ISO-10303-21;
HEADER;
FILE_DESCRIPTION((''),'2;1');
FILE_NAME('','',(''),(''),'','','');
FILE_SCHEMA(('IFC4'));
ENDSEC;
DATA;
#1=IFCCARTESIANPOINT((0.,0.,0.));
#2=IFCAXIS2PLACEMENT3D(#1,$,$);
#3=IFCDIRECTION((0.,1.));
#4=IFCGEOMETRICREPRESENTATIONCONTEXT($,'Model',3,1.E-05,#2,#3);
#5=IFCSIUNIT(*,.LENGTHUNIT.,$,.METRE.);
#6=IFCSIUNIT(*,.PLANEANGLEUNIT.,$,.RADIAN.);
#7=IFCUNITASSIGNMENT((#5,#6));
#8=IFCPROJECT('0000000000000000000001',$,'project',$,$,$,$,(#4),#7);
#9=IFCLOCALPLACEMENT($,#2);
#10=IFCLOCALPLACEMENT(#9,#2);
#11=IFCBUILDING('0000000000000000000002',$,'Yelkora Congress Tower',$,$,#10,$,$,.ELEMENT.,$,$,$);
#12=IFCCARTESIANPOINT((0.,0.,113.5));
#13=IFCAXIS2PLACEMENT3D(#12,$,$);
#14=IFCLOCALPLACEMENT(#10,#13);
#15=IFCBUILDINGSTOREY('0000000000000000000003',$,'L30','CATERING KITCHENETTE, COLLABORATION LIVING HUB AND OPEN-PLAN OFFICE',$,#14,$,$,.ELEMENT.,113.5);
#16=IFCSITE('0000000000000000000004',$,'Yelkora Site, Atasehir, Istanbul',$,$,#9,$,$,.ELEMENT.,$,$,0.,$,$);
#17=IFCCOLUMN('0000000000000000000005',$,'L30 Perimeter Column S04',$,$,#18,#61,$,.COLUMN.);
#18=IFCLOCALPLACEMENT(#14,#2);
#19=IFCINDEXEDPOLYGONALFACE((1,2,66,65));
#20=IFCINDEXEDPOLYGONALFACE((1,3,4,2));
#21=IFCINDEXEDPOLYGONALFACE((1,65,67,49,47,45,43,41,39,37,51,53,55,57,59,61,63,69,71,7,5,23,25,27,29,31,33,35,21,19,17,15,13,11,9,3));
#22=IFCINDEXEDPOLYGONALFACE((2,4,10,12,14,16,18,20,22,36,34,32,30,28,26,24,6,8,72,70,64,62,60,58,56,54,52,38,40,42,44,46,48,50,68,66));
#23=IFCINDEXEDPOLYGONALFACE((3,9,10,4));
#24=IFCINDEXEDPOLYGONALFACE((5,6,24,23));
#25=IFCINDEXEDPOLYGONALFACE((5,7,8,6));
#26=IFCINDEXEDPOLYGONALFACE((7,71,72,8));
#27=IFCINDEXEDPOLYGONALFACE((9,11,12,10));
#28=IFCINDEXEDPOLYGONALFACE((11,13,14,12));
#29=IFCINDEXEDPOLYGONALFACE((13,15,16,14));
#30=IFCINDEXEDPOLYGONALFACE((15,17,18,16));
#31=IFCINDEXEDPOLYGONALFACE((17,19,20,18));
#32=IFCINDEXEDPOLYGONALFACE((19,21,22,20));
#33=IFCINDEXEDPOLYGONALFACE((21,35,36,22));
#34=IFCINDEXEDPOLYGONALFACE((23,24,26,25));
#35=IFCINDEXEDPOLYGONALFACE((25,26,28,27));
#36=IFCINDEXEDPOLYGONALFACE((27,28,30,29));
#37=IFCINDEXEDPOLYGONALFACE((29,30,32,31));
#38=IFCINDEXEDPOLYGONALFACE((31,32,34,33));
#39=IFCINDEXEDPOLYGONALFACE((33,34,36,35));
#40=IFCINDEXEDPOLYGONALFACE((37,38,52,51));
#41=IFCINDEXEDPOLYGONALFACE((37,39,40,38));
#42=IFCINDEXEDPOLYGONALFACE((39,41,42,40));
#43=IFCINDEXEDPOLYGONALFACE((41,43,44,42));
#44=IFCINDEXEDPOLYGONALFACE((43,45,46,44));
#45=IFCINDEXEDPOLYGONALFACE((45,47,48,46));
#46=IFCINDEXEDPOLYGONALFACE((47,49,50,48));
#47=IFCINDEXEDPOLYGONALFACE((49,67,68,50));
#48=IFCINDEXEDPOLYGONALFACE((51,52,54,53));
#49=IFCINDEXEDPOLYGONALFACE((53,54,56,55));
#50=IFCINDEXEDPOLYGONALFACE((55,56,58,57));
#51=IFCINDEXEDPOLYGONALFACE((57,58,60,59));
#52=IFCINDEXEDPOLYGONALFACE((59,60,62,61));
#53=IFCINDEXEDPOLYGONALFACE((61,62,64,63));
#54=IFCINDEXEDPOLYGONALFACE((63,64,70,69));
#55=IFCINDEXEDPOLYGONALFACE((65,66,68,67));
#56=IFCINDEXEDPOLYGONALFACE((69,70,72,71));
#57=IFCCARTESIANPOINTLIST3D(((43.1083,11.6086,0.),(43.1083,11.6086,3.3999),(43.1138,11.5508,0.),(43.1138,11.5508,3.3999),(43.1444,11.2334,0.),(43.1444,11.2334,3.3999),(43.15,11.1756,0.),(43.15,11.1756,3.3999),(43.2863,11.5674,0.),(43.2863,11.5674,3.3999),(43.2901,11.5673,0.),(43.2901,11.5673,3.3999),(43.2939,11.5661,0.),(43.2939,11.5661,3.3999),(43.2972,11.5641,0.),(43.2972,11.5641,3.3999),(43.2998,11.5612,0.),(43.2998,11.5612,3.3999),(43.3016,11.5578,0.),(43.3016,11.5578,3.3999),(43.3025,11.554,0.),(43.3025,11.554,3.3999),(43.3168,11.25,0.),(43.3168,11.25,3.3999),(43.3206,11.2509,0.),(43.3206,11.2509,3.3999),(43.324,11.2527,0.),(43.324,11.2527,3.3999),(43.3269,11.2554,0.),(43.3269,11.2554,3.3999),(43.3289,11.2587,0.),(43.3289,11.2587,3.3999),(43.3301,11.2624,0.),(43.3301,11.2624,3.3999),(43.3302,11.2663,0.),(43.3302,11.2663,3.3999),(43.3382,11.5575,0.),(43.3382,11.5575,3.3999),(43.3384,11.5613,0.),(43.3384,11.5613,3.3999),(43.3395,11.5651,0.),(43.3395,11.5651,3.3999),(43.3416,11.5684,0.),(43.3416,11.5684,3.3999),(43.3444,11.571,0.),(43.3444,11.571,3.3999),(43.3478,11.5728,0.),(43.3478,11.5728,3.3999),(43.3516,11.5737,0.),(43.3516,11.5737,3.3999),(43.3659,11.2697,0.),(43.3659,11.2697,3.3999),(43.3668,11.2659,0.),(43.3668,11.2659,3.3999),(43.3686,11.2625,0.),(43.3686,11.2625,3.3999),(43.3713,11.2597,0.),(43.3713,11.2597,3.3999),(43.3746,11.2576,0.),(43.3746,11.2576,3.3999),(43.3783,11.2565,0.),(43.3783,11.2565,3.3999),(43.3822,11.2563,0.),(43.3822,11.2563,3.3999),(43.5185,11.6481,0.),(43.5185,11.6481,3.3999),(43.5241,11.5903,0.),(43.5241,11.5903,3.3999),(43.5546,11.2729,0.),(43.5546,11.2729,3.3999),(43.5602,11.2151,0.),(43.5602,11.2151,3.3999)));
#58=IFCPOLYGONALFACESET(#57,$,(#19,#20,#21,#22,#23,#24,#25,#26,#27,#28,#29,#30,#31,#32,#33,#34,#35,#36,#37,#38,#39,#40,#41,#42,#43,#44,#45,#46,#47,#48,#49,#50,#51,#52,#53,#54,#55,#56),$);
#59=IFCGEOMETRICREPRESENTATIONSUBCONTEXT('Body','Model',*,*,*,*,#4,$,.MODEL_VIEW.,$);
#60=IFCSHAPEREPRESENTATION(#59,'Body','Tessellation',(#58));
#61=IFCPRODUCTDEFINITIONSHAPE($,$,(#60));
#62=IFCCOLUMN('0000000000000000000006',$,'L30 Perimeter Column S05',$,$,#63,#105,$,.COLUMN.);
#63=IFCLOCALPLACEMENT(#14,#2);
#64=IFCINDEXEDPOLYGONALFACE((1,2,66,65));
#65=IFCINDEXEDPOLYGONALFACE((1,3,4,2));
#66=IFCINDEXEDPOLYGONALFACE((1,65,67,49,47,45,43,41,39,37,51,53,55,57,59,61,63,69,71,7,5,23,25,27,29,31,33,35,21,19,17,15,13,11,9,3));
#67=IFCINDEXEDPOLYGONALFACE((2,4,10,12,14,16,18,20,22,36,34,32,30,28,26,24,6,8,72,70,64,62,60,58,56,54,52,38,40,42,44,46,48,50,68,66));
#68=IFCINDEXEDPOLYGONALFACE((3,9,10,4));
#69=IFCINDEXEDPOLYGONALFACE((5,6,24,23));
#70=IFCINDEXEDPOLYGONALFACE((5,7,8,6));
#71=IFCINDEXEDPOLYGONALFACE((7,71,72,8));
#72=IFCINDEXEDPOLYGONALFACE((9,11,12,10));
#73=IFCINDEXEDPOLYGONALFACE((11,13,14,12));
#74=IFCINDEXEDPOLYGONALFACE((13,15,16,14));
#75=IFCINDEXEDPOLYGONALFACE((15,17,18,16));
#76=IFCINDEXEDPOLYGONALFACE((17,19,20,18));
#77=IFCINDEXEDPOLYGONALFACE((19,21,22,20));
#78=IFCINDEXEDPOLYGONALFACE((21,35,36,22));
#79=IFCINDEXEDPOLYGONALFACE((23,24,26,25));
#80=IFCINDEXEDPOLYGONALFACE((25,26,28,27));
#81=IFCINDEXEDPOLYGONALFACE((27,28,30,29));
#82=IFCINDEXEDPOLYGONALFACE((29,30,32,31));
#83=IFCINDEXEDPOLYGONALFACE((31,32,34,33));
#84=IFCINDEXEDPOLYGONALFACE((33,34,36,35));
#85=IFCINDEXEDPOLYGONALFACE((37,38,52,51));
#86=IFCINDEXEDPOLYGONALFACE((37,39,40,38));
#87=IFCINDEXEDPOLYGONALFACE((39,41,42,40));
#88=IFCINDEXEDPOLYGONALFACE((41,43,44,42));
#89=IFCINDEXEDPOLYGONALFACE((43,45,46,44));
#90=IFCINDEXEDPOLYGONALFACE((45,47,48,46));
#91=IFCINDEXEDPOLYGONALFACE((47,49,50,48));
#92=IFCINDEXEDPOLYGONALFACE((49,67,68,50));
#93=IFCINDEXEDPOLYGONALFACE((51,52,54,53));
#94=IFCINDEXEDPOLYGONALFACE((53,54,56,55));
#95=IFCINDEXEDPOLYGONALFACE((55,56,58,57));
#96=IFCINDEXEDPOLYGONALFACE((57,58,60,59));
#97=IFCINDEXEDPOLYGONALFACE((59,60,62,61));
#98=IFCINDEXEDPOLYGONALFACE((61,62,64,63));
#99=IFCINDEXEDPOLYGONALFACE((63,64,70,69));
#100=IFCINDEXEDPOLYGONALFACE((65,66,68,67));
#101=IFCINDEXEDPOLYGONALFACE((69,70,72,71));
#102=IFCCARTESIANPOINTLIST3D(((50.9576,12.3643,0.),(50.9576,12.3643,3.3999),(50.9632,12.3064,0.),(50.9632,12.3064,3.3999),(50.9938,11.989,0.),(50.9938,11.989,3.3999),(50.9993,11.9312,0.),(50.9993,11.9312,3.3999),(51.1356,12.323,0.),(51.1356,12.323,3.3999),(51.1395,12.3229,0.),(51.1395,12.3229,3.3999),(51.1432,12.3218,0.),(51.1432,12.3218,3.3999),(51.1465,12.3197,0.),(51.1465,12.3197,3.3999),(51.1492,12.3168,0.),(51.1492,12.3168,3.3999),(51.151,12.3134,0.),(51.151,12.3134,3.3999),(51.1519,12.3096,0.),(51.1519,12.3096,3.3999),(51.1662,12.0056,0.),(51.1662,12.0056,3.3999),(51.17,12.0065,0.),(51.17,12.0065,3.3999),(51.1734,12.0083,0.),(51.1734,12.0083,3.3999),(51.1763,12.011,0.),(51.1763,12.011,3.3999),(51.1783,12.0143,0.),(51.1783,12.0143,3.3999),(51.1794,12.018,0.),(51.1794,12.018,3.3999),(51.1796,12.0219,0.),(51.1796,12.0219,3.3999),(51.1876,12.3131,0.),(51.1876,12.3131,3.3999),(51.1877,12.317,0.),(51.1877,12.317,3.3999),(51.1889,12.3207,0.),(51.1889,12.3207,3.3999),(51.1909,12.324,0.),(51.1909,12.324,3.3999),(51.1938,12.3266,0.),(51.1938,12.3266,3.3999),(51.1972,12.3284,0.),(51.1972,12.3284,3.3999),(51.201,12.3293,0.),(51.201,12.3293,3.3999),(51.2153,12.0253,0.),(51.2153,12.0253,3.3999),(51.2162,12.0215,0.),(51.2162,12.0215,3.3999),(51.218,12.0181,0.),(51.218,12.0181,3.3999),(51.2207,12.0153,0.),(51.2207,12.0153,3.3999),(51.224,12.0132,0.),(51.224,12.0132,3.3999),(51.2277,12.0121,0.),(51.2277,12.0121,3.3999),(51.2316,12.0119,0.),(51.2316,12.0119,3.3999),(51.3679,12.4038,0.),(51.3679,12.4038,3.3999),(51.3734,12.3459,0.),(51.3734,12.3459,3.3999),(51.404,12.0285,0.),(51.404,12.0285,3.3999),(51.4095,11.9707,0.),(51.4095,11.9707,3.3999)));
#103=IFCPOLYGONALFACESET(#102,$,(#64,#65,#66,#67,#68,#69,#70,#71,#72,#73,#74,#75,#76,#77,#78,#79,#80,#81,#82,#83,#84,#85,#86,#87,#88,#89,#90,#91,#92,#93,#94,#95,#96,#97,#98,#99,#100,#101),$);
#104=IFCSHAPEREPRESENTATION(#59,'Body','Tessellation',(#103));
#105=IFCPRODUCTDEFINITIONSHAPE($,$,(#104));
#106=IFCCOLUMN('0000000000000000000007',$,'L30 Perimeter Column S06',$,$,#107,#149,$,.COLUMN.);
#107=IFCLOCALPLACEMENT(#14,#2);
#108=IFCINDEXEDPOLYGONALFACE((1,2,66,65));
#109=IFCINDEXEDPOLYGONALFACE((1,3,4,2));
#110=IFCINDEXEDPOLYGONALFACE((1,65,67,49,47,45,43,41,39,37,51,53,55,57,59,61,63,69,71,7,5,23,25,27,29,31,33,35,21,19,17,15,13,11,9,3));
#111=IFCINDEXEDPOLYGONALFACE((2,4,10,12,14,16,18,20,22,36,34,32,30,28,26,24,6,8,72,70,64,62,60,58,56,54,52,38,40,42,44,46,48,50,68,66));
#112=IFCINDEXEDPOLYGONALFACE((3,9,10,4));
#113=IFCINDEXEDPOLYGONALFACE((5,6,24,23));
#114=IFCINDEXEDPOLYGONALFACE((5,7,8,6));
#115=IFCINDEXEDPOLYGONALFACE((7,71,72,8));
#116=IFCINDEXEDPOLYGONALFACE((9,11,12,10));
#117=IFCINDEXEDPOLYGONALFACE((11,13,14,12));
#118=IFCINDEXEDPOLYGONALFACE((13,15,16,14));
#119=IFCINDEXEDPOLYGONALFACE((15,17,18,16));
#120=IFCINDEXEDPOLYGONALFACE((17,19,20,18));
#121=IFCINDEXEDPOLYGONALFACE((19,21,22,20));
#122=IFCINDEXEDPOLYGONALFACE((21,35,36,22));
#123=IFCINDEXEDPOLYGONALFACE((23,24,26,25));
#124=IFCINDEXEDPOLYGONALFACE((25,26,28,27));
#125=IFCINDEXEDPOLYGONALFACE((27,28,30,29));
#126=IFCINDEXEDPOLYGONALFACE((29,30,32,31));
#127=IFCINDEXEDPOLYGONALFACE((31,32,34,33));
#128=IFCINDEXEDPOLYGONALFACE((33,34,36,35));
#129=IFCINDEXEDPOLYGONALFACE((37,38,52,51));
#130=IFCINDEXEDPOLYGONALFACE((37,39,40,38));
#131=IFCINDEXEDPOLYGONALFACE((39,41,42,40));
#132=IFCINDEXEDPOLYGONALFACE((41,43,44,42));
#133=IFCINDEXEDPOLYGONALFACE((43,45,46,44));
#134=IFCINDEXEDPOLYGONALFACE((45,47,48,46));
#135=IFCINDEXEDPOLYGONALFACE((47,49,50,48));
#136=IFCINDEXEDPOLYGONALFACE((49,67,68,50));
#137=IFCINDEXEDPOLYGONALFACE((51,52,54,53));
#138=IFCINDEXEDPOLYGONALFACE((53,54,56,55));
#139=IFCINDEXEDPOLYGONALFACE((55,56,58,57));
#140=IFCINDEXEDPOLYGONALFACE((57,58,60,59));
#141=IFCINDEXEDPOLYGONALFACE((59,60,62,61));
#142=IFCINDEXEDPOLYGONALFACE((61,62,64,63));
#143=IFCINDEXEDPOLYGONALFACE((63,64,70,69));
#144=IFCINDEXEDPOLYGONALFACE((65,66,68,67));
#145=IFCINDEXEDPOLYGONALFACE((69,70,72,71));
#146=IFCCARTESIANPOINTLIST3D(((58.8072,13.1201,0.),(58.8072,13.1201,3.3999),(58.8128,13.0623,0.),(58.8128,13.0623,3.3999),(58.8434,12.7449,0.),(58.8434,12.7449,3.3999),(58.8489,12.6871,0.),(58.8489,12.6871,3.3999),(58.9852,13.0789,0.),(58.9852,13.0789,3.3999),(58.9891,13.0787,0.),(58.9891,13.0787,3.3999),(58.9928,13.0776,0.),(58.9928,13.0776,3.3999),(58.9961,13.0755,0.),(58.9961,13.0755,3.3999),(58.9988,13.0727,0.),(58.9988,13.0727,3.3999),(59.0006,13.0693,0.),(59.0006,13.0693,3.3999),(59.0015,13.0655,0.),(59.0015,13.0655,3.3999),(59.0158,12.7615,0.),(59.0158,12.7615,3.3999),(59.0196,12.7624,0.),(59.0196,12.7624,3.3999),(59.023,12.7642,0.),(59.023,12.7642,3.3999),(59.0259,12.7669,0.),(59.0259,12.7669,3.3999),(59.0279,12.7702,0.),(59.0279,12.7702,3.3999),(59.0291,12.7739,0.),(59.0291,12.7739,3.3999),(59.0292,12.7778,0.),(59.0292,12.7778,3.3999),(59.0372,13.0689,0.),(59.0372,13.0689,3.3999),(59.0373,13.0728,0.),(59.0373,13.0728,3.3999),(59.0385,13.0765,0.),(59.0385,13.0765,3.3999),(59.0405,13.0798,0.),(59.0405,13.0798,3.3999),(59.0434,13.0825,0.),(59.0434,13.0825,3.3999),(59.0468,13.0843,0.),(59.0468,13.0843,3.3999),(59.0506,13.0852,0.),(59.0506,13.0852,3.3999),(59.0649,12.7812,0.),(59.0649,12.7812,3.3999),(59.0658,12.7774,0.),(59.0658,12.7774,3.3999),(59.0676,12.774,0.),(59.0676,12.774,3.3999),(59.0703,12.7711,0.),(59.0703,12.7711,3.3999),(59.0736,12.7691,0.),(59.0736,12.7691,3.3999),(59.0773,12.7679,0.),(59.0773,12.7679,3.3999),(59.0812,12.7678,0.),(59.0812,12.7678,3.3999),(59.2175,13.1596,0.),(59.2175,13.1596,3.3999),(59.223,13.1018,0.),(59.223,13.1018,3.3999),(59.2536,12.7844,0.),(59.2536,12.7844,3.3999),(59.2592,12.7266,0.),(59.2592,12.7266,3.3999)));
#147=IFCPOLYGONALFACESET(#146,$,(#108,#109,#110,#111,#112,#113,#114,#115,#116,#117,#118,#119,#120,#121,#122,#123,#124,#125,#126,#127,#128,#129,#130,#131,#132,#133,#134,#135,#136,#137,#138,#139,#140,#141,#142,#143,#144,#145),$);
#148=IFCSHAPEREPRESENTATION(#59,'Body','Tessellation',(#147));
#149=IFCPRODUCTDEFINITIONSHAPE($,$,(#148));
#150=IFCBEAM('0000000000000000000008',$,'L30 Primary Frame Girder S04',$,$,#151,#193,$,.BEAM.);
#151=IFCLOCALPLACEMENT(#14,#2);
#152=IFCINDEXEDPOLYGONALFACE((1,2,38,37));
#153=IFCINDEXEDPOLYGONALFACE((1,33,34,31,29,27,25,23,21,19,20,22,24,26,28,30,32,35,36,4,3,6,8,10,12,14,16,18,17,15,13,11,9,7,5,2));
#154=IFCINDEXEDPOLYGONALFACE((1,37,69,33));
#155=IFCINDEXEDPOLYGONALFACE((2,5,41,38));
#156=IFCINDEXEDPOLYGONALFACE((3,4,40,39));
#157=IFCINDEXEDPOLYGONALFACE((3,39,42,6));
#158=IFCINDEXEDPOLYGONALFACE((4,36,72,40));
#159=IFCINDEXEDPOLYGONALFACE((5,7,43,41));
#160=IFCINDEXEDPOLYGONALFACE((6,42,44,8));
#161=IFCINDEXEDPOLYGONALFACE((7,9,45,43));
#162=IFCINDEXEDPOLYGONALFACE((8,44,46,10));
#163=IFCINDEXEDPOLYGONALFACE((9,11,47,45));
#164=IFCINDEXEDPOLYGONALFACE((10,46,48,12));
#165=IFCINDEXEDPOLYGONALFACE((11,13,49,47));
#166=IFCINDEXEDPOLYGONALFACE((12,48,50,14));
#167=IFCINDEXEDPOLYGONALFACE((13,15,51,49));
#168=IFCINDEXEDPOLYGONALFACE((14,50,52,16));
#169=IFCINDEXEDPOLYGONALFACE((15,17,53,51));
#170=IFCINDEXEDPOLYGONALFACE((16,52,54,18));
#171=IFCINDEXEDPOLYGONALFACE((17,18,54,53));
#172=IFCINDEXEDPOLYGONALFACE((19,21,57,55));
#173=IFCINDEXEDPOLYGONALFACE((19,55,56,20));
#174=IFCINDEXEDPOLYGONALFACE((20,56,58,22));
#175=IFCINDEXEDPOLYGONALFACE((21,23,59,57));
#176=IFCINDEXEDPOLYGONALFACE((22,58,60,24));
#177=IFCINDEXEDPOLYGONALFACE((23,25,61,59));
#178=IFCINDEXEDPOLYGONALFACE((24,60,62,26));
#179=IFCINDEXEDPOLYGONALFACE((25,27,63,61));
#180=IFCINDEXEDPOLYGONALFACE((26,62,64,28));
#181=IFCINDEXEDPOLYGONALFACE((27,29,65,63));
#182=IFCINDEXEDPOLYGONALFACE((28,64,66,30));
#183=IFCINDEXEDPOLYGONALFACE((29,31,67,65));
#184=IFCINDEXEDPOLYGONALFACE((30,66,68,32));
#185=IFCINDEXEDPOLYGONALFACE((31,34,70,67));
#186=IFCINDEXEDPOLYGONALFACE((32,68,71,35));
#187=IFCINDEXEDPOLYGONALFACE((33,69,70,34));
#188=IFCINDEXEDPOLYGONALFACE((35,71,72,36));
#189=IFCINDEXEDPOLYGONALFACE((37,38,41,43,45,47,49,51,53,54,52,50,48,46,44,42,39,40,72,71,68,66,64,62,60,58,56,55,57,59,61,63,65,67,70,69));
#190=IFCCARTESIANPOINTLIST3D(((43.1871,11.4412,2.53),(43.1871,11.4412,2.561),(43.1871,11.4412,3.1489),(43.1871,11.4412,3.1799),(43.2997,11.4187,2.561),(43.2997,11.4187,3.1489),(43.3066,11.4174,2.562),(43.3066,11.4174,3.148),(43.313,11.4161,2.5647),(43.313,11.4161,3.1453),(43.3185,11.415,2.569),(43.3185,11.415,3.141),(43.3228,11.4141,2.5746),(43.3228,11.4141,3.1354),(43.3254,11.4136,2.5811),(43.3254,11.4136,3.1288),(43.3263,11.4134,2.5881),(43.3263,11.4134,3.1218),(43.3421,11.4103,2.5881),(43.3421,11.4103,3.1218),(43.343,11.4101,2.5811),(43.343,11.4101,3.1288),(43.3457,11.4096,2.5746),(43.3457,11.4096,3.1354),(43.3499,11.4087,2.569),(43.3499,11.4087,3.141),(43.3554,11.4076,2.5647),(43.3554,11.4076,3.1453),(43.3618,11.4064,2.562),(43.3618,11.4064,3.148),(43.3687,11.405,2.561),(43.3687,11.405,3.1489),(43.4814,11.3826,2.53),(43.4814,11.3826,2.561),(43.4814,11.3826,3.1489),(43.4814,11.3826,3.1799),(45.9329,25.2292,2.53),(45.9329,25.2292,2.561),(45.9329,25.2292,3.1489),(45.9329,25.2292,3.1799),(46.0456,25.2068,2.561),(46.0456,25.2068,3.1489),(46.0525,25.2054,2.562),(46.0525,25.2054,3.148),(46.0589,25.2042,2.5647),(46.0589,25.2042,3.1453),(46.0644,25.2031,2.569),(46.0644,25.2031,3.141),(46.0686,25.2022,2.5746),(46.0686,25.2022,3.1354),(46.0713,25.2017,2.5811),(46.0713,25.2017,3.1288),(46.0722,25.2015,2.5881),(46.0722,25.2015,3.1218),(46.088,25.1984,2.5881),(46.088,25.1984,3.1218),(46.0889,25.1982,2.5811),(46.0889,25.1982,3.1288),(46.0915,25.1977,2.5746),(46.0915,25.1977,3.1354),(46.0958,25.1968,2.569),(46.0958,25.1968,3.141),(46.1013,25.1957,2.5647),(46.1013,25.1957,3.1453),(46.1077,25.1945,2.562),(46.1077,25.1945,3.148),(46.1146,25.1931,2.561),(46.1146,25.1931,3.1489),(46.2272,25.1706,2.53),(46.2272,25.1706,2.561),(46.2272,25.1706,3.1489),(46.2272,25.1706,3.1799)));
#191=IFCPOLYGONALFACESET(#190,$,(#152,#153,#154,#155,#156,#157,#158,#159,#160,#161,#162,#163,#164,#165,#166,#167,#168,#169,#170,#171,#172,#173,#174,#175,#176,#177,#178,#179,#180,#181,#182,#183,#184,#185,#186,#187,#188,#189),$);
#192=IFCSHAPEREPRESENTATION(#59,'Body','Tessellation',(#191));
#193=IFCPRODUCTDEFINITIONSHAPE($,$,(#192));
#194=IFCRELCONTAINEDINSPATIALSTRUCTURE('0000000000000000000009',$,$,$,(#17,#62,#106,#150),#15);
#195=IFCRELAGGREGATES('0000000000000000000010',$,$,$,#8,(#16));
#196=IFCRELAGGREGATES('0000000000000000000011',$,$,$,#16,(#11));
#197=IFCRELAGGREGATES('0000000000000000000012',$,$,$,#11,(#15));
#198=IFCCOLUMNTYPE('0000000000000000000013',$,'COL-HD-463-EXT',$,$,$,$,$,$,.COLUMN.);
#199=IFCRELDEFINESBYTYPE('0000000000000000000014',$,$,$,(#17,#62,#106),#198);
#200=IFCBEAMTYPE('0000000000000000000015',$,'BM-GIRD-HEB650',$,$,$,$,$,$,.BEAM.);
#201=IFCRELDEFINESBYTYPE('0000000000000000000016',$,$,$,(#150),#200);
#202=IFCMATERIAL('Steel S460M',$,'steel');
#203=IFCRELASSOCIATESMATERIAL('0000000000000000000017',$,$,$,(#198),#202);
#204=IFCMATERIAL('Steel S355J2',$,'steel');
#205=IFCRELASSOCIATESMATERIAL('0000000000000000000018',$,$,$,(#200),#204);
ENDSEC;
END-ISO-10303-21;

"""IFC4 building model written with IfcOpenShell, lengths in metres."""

from ifc_helpers import new_model, si_unit, direction, frame, origin, origin_2d, place, context, subcontext, project, spatial, i_section, extrude, material, material_profile, profile_set, type_object, element, save


model = new_model("IFC4")

# Units and contexts
model_context = context("Model", 3, precision=1e-05, world=origin(), true_north=direction((0.0, 1.0)))
body_context = subcontext(model_context, "Body", "Model", "MODEL_VIEW")
ifc_project = project(units=[si_unit("LENGTHUNIT", "METRE"), si_unit("PLANEANGLEUNIT", "RADIAN")], contexts=[model_context])

# Site, building, storey
site_placement = place(None, origin())
site = spatial("IfcSite", under=ifc_project, at=site_placement, Name="Yelkora Site, Atasehir, Istanbul", CompositionType="ELEMENT", RefElevation=0.0)
building_placement = place(site_placement, origin())
building = spatial("IfcBuilding", under=site, at=building_placement, Name="Yelkora Congress Tower", CompositionType="ELEMENT")
storey_placement = place(building_placement, frame((0.0, 0.0, 113.5)))
storey = spatial("IfcBuildingStorey", under=building, at=storey_placement, Name="L30", Description="CATERING KITCHENETTE, COLLABORATION LIVING HUB AND OPEN-PLAN OFFICE", CompositionType="ELEMENT", Elevation=113.5)

# Columns
ifc_material_1 = material(Name="Steel S460M", Category="steel")
ifc_material_profile_1 = material_profile(ifc_material_1, i_section(OverallWidth=0.4121, OverallDepth=0.4351, WebThickness=0.0359, FlangeThickness=0.0581, FilletRadius=0.0149, at=origin_2d()), Name="HD 400x463")
ifc_profile_set_1 = profile_set([ifc_material_profile_1], Name="Steel S460M")
column_type = type_object("IfcColumnType", Name="COL-HD-463-EXT", PredefinedType="COLUMN", material=ifc_profile_set_1)
for number, where, z_axis, x_axis, name in (
    (1, (43.3342, 11.4119, 0.0), (0.0, 0.0, 1.0), (0.995396, 0.095846, 0.0), "L30 Perimeter Column S04"),
    (2, (51.1836, 12.1675, 0.0), (0.0, 0.0, 1.0), (0.995396, 0.095846, 0.0), "L30 Perimeter Column S05"),
    (3, (59.0332, 12.9233, 0.0), (0.0, 0.0, 1.0), (0.995396, 0.095846, 0.0), "L30 Perimeter Column S06"),
):
    element("IfcColumn", number, at=place(storey_placement, frame(where, z_axis=z_axis, x_axis=x_axis)), inside=storey, type_object=column_type, Name=name, PredefinedType="COLUMN", context=body_context, shape_type="SweptSolid", body=[
        extrude(i_section(OverallWidth=0.4121, OverallDepth=0.4351, WebThickness=0.0359, FlangeThickness=0.0581, FilletRadius=0.0149, at=origin_2d()), origin(), (0.0, 0.0, 1.0), 3.3999),
    ])

# Beam
ifc_material_2 = material(Name="Steel S355J2", Category="steel")
ifc_material_profile_2 = material_profile(ifc_material_2, i_section(OverallWidth=0.3, OverallDepth=0.6499, WebThickness=0.0161, FlangeThickness=0.031, FilletRadius=0.0271, at=origin_2d()), Name="HEB 650")
ifc_profile_set_2 = profile_set([ifc_material_profile_2], Name="Steel S355J2")
beam_type_1 = type_object("IfcBeamType", Name="BM-GIRD-HEB650", PredefinedType="BEAM", material=ifc_profile_set_2)
beam_1_placement = place(storey_placement, frame((43.3342, 11.4119, 2.855), z_axis=(0.195311, 0.980741, 0.0), x_axis=(-0.980741, 0.195311, 0.0)))
element("IfcBeam", 4, at=beam_1_placement, inside=storey, type_object=beam_type_1, Name="L30 Primary Frame Girder S04", PredefinedType="BEAM", context=body_context, shape_type="SweptSolid", body=[
    extrude(i_section(OverallWidth=0.3, OverallDepth=0.6499, WebThickness=0.0161, FlangeThickness=0.031, FilletRadius=0.0271, at=origin_2d()), origin(), (0.0, 0.0, 1.0), 14.0588),
])

save(model, "model.ifc")
